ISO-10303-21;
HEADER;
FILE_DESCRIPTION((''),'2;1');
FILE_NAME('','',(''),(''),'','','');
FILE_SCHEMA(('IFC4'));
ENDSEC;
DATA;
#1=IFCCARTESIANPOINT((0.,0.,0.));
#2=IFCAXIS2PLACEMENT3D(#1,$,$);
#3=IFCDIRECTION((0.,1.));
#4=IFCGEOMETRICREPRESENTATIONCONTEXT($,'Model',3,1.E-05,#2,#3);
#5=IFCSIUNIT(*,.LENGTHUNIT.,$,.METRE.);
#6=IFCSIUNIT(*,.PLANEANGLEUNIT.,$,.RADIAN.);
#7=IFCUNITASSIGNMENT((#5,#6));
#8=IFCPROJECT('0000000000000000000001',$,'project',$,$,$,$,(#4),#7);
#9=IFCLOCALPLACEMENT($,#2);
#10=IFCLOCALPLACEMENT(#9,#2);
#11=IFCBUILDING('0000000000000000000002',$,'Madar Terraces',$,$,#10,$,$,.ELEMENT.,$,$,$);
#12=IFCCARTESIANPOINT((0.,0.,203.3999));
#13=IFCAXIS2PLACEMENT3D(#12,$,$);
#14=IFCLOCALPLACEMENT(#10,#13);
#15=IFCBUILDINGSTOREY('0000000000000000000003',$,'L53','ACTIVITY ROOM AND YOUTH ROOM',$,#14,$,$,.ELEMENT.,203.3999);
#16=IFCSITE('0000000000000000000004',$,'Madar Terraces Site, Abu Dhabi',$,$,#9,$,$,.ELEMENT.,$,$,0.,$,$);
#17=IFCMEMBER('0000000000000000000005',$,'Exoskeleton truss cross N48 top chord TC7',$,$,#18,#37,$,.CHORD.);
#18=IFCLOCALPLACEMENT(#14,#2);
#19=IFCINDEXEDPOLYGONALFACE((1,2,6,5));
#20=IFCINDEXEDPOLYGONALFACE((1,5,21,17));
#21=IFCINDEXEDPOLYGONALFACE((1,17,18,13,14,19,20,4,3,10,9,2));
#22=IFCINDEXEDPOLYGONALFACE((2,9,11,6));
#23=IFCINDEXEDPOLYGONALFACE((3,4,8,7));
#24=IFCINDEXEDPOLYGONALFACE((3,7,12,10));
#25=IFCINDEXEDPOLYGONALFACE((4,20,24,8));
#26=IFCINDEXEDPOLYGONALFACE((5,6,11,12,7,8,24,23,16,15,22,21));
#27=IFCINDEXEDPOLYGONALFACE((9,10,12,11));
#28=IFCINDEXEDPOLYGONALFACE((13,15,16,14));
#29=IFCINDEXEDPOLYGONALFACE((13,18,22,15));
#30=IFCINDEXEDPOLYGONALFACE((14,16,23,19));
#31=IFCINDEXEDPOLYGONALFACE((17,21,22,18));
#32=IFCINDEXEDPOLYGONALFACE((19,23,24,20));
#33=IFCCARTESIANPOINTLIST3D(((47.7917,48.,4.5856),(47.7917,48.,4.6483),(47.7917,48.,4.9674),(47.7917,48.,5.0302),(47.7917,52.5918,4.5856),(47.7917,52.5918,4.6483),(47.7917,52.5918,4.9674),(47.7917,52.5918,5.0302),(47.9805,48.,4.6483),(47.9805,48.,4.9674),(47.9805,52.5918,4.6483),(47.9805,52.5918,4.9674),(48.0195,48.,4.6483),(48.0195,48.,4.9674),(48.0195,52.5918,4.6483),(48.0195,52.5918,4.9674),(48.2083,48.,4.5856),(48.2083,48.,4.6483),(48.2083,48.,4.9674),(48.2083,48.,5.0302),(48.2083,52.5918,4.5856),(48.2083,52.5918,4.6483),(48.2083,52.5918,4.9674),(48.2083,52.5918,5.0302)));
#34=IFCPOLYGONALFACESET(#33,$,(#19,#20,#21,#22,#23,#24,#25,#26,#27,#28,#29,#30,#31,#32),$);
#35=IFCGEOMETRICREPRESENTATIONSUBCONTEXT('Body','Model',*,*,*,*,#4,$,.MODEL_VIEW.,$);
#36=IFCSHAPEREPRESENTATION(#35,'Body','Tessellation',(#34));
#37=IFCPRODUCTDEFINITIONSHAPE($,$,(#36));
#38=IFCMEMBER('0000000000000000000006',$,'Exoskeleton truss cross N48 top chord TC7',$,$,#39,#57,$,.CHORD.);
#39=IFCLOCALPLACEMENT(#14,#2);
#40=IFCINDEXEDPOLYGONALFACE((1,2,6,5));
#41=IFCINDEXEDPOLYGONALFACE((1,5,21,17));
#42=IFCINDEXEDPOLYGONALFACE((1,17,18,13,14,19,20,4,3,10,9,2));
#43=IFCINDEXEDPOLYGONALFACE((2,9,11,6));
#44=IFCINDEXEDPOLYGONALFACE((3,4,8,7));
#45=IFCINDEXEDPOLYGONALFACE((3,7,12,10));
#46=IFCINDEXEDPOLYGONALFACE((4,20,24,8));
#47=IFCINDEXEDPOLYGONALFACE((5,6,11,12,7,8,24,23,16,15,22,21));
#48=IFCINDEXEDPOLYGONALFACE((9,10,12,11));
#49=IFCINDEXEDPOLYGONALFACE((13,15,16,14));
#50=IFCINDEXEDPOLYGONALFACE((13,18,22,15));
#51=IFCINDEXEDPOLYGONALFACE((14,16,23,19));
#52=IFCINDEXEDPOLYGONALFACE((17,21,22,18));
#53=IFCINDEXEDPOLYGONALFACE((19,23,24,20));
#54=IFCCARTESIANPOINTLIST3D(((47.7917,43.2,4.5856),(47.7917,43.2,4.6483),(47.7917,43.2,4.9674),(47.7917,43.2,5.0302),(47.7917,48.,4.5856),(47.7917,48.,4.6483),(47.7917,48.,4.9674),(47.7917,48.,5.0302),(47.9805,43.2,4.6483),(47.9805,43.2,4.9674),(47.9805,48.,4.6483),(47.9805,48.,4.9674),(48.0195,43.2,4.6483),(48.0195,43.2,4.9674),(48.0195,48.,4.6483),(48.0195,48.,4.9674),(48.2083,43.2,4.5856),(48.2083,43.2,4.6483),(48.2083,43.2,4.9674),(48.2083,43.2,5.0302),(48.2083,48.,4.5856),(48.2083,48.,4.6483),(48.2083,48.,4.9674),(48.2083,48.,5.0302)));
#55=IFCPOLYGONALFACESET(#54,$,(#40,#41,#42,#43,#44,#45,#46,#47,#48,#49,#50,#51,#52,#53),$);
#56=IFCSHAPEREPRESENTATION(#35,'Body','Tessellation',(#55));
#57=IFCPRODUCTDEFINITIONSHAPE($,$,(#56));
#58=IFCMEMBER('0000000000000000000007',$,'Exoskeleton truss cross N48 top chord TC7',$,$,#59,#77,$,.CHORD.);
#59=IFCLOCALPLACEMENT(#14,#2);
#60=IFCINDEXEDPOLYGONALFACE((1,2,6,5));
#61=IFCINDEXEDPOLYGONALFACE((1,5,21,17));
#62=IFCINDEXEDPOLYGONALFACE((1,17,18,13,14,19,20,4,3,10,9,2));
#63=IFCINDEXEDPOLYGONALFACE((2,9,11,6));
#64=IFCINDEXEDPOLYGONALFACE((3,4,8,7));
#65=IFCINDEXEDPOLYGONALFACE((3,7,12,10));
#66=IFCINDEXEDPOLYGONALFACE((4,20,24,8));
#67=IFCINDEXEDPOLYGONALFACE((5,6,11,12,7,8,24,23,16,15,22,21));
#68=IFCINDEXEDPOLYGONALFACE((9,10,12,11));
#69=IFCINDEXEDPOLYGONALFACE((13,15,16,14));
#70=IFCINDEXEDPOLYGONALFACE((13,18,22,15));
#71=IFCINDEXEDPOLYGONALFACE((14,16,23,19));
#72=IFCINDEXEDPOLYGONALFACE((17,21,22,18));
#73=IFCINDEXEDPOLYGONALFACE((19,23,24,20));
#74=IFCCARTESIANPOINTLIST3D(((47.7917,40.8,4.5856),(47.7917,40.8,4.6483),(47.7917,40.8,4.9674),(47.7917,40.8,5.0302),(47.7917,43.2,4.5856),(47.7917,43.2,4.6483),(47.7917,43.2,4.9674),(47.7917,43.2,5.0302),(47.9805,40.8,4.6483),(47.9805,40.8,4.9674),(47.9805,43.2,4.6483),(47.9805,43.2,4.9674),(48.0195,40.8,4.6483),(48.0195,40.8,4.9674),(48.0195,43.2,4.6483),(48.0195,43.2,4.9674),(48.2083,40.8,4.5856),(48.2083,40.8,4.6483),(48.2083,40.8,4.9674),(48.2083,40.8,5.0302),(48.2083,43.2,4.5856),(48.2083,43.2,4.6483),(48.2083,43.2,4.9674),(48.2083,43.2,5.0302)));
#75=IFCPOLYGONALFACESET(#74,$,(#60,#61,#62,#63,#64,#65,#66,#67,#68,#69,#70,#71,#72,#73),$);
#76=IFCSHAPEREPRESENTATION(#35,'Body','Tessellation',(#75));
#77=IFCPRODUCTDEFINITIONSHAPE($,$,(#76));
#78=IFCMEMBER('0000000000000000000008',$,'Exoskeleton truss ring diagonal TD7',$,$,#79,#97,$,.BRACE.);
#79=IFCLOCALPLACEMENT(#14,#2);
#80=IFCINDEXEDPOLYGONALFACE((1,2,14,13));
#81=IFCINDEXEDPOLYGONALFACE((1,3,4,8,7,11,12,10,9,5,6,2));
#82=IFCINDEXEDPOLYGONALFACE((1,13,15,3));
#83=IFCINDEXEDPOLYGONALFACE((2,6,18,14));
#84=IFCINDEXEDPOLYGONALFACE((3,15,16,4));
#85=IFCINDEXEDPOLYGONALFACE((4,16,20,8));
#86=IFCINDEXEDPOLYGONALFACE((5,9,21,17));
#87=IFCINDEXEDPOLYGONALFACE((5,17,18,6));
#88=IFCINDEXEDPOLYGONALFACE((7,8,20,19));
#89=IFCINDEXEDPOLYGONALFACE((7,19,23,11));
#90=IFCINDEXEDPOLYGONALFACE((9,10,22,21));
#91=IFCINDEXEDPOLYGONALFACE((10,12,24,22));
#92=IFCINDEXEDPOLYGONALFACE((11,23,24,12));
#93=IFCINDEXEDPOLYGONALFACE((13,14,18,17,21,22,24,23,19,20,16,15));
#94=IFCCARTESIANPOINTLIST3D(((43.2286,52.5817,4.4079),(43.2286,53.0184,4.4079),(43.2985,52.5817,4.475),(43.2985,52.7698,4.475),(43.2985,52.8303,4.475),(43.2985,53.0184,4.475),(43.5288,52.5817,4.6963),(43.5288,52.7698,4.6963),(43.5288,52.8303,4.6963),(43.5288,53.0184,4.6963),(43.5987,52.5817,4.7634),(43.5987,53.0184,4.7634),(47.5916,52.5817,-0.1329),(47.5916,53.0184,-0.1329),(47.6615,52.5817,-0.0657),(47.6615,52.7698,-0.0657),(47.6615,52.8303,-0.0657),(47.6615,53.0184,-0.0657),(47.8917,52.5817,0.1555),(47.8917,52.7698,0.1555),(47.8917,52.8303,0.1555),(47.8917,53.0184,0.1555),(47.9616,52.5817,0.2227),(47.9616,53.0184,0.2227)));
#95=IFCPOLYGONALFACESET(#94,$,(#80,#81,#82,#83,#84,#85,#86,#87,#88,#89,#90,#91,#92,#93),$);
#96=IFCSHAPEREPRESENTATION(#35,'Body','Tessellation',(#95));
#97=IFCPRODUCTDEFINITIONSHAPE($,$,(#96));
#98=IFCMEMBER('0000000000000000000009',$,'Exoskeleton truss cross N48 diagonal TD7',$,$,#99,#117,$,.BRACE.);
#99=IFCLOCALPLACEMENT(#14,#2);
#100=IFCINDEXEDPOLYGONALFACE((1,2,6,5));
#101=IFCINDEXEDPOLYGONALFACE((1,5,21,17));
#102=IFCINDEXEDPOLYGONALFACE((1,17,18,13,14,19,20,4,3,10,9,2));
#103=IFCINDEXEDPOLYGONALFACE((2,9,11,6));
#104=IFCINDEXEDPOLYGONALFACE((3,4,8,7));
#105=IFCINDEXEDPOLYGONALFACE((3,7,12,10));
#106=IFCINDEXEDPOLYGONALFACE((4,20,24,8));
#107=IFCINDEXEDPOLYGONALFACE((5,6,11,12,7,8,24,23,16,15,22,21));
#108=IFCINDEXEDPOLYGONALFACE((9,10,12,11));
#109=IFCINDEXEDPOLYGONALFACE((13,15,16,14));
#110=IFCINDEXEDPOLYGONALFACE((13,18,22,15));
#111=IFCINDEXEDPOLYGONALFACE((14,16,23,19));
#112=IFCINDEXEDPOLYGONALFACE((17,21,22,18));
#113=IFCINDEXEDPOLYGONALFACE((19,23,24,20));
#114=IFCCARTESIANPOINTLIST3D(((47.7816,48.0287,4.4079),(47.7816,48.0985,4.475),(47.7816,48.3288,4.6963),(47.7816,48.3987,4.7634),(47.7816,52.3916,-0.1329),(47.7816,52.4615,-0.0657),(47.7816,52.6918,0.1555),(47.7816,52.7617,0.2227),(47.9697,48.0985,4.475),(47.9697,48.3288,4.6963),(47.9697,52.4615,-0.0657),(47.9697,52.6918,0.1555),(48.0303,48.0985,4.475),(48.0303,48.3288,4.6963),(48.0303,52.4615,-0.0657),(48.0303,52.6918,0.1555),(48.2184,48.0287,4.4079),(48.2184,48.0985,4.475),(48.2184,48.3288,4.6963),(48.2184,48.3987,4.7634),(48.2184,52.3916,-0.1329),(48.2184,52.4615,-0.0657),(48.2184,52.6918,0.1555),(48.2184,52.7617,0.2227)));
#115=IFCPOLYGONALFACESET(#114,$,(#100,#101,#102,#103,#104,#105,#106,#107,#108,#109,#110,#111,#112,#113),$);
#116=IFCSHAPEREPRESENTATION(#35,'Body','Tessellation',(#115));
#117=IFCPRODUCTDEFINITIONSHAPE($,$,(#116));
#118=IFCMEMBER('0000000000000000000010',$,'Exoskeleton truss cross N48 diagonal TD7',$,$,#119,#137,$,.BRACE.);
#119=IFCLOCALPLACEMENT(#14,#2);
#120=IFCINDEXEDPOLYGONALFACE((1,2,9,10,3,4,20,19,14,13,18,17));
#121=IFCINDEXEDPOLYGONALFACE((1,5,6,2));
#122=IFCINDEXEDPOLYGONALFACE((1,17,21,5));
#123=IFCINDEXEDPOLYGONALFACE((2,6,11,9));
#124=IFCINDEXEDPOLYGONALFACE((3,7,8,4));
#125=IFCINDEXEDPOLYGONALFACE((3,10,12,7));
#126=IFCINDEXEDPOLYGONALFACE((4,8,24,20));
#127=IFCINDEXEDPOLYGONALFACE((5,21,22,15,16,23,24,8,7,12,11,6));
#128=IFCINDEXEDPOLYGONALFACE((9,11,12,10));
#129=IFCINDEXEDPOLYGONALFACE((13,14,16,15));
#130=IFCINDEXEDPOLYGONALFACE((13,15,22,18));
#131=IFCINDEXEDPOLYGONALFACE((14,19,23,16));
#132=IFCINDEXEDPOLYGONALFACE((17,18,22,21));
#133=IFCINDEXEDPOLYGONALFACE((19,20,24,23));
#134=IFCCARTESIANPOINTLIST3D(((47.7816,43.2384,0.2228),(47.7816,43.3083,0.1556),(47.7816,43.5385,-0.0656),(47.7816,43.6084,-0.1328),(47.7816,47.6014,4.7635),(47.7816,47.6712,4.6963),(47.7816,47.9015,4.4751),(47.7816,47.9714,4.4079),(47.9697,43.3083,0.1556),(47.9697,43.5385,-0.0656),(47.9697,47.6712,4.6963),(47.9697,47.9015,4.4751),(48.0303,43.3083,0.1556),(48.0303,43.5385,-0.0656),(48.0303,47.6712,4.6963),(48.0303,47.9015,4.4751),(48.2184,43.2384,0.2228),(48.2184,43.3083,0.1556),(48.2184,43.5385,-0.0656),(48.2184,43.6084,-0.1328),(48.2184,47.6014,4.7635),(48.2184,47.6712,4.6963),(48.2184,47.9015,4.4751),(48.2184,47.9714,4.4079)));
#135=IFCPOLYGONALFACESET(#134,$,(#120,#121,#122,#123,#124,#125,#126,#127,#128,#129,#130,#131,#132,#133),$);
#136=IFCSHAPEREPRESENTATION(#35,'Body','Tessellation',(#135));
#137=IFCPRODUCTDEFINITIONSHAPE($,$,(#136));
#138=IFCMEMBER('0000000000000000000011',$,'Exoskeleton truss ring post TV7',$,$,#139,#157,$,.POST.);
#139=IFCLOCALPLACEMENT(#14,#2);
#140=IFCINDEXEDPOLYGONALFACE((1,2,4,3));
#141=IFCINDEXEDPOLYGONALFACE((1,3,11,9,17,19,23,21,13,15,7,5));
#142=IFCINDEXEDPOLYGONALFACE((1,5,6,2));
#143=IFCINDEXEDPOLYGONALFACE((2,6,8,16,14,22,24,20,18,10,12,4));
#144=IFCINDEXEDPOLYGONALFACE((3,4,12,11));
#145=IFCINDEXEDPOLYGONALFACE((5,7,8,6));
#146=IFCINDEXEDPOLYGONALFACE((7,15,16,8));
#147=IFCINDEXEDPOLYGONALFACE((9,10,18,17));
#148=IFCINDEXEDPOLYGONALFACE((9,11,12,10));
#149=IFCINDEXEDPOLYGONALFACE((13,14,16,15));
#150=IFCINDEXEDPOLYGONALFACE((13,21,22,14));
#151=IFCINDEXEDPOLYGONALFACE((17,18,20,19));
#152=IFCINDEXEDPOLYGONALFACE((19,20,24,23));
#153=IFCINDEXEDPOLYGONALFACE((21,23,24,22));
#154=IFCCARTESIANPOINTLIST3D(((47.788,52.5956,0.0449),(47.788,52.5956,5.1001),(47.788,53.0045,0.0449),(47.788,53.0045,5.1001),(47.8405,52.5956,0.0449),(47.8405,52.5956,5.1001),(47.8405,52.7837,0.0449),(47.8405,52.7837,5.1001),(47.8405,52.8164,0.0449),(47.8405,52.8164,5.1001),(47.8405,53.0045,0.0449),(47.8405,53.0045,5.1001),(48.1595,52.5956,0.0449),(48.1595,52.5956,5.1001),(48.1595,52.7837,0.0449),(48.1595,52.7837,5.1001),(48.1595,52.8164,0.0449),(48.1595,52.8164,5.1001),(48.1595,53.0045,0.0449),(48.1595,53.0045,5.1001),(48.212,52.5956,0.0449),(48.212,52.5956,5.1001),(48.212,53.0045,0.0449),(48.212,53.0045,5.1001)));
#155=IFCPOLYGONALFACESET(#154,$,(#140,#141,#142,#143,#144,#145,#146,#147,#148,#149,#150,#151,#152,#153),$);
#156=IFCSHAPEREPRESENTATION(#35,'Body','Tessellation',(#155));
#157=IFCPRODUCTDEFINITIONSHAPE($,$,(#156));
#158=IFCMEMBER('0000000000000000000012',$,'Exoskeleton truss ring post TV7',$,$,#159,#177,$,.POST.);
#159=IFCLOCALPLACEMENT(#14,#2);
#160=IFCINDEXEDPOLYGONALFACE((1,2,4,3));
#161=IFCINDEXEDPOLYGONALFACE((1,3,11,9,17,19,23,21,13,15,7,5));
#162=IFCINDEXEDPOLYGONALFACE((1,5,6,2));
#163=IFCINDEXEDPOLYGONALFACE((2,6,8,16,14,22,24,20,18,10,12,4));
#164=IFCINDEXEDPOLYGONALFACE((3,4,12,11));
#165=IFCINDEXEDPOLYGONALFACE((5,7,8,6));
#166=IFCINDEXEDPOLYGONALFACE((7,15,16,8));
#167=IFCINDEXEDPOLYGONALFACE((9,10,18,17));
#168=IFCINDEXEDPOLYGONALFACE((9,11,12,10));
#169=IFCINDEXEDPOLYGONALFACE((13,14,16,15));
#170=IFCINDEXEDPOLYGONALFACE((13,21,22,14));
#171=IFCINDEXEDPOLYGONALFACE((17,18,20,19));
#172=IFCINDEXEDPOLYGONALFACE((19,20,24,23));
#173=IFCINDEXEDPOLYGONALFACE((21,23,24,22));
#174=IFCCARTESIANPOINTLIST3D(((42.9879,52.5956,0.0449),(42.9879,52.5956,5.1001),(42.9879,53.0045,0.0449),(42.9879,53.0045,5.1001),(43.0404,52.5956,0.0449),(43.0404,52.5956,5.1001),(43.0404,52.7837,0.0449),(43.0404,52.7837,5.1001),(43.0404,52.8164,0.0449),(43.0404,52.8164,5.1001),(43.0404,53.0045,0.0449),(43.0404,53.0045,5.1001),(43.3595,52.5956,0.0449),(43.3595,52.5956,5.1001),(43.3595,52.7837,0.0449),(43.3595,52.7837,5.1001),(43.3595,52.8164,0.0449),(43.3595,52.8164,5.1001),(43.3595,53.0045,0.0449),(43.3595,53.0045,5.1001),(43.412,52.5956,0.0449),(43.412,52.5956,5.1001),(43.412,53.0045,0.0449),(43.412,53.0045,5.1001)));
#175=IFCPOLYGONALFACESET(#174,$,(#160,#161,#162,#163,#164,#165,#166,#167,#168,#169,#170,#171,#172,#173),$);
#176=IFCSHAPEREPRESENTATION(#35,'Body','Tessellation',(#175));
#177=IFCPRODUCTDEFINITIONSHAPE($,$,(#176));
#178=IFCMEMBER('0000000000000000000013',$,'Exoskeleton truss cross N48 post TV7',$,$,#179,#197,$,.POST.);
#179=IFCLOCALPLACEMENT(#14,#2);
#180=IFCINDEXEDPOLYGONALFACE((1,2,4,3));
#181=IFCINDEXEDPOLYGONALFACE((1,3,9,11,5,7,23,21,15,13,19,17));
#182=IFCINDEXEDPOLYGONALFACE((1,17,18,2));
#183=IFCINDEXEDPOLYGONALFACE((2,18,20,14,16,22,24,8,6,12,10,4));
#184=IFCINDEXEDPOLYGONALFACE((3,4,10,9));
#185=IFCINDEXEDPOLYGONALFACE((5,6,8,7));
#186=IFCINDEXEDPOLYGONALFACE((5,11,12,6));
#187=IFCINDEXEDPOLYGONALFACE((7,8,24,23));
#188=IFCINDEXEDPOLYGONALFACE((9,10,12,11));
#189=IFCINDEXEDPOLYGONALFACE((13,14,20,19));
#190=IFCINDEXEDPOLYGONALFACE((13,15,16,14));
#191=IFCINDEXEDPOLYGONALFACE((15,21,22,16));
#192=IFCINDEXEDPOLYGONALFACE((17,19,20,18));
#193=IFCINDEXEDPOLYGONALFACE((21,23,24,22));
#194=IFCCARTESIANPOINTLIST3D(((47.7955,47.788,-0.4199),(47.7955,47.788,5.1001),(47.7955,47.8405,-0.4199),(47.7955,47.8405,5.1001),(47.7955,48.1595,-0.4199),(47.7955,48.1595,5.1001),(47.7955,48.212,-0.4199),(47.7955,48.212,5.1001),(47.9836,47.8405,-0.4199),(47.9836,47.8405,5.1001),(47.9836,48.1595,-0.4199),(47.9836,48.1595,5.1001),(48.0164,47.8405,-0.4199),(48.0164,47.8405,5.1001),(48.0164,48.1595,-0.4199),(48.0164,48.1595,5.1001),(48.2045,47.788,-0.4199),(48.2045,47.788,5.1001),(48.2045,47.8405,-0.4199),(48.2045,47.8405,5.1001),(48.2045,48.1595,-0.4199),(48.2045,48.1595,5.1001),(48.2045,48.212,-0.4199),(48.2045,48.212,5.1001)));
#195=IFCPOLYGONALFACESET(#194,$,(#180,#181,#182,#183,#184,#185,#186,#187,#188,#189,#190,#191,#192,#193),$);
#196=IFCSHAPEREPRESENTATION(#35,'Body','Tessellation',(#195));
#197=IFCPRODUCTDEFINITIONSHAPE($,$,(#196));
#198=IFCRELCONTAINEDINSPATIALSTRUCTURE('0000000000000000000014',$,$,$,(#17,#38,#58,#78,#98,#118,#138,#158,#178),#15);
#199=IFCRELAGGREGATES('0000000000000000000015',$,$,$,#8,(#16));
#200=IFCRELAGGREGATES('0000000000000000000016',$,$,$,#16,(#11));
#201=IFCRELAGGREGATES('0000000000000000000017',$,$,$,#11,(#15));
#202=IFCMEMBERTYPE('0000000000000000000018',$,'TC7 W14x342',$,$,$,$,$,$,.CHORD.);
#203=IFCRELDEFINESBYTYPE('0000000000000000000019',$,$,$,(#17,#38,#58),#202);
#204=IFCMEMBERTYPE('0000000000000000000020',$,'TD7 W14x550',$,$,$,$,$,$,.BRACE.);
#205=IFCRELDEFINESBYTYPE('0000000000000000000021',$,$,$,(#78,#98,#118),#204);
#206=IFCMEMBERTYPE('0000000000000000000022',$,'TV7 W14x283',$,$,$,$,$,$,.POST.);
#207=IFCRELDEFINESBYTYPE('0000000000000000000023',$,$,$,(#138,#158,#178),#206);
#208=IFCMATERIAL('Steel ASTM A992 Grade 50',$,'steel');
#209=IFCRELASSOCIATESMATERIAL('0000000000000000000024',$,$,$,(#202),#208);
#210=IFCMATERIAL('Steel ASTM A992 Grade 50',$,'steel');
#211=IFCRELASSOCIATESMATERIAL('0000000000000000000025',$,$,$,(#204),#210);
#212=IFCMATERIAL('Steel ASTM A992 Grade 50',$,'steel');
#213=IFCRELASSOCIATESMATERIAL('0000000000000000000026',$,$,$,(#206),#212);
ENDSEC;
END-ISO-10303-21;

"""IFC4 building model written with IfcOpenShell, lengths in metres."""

from ifc_helpers import new_model, si_unit, direction, frame, origin, origin_2d, place, context, subcontext, project, spatial, i_section, extrude, material, material_profile, profile_set, type_object, element, save


model = new_model("IFC4")

# Units and contexts
model_context = context("Model", 3, precision=1e-05, world=origin(), true_north=direction((0.0, 1.0)))
body_context = subcontext(model_context, "Body", "Model", "MODEL_VIEW")
ifc_project = project(units=[si_unit("LENGTHUNIT", "METRE"), si_unit("PLANEANGLEUNIT", "RADIAN")], contexts=[model_context])

# Site, building, storey
site_placement = place(None, origin())
site = spatial("IfcSite", under=ifc_project, at=site_placement, Name="Madar Terraces Site, Abu Dhabi", CompositionType="ELEMENT", RefElevation=0.0)
building_placement = place(site_placement, origin())
building = spatial("IfcBuilding", under=site, at=building_placement, Name="Madar Terraces", CompositionType="ELEMENT")
storey_placement = place(building_placement, frame((0.0, 0.0, 203.3999)))
storey = spatial("IfcBuildingStorey", under=building, at=storey_placement, Name="L53", Description="ACTIVITY ROOM AND YOUTH ROOM", CompositionType="ELEMENT", Elevation=203.3999)

# Members
ifc_material_1 = material(Name="Steel ASTM A992 Grade 50", Category="steel")
ifc_material_profile_1 = material_profile(ifc_material_1, i_section(OverallWidth=0.4165, OverallDepth=0.4446, WebThickness=0.0391, FlangeThickness=0.0627, at=origin_2d()), Name="W14x342")
ifc_profile_set_1 = profile_set([ifc_material_profile_1], Name="Steel ASTM A992 Grade 50")
member_type_1 = type_object("IfcMemberType", Name="TC7 W14x342", PredefinedType="CHORD", material=ifc_profile_set_1)
member_1_placement = place(storey_placement, frame((48.0, 52.5918, 4.8079), z_axis=(0.0, -1.0, 0.0), x_axis=(1.0, 0.0, 0.0)))
element("IfcMember", 1, at=member_1_placement, inside=storey, type_object=member_type_1, Name="Exoskeleton truss cross N48 top chord TC7", PredefinedType="CHORD", context=body_context, shape_type="SweptSolid", body=[
    extrude(i_section(OverallWidth=0.4165, OverallDepth=0.4446, WebThickness=0.0391, FlangeThickness=0.0627, at=origin_2d()), origin(), (0.0, 0.0, 1.0), 4.5918),
])
member_2_placement = place(storey_placement, frame((48.0, 48.0, 4.8079), z_axis=(0.0, -1.0, 0.0), x_axis=(1.0, 0.0, 0.0)))
element("IfcMember", 2, at=member_2_placement, inside=storey, type_object=member_type_1, Name="Exoskeleton truss cross N48 top chord TC7", PredefinedType="CHORD", context=body_context, shape_type="SweptSolid", body=[
    extrude(i_section(OverallWidth=0.4165, OverallDepth=0.4446, WebThickness=0.0391, FlangeThickness=0.0627, at=origin_2d()), origin(), (0.0, 0.0, 1.0), 4.8),
])
member_3_placement = place(storey_placement, frame((48.0, 43.2, 4.8079), z_axis=(0.0, -1.0, 0.0), x_axis=(1.0, 0.0, 0.0)))
element("IfcMember", 3, at=member_3_placement, inside=storey, type_object=member_type_1, Name="Exoskeleton truss cross N48 top chord TC7", PredefinedType="CHORD", context=body_context, shape_type="SweptSolid", body=[
    extrude(i_section(OverallWidth=0.4165, OverallDepth=0.4446, WebThickness=0.0391, FlangeThickness=0.0627, at=origin_2d()), origin(), (0.0, 0.0, 1.0), 2.3999),
])
ifc_material_2 = material(Name="Steel ASTM A992 Grade 50", Category="steel")
ifc_material_profile_2 = material_profile(ifc_material_2, i_section(OverallWidth=0.4368, OverallDepth=0.5132, WebThickness=0.0605, FlangeThickness=0.0969, at=origin_2d()), Name="W14x550")
ifc_profile_set_2 = profile_set([ifc_material_profile_2], Name="Steel ASTM A992 Grade 50")
member_type_2 = type_object("IfcMemberType", Name="TD7 W14x550", PredefinedType="BRACE", material=ifc_profile_set_2)
for number, where, z_axis, x_axis, name in (
    (4, (47.7766, 52.8, 0.0449), (-0.692854, 0.0, 0.721078), (0.0, -1.0, 0.0), "Exoskeleton truss ring diagonal TD7"),
    (5, (48.0, 52.5767, 0.0449), (0.0, -0.692854, 0.721078), (1.0, 0.0, 0.0), "Exoskeleton truss cross N48 diagonal TD7"),
    (6, (48.0, 47.7864, 4.5857), (0.0, -0.692854, -0.721078), (1.0, 0.0, 0.0), "Exoskeleton truss cross N48 diagonal TD7"),
):
    element("IfcMember", number, at=place(storey_placement, frame(where, z_axis=z_axis, x_axis=x_axis)), inside=storey, type_object=member_type_2, Name=name, PredefinedType="BRACE", context=body_context, shape_type="SweptSolid", body=[
        extrude(i_section(OverallWidth=0.4368, OverallDepth=0.5132, WebThickness=0.0605, FlangeThickness=0.0969, at=origin_2d()), origin(), (0.0, 0.0, 1.0), 6.2971),
    ])
ifc_material_3 = material(Name="Steel ASTM A992 Grade 50", Category="steel")
ifc_material_profile_3 = material_profile(ifc_material_3, i_section(OverallWidth=0.4089, OverallDepth=0.4241, WebThickness=0.0327, FlangeThickness=0.0525, at=origin_2d()), Name="W14x283")
ifc_profile_set_3 = profile_set([ifc_material_profile_3], Name="Steel ASTM A992 Grade 50")
member_type_3 = type_object("IfcMemberType", Name="TV7 W14x283", PredefinedType="POST", material=ifc_profile_set_3)
for number, where, z_axis, x_axis, name in (
    (7, (48.0, 52.8, 0.0449), (0.0, 0.0, 1.0), (0.0, -1.0, 0.0), "Exoskeleton truss ring post TV7"),
    (8, (43.2, 52.8, 0.0449), (0.0, 0.0, 1.0), (0.0, -1.0, 0.0), "Exoskeleton truss ring post TV7"),
):
    element("IfcMember", number, at=place(storey_placement, frame(where, z_axis=z_axis, x_axis=x_axis)), inside=storey, type_object=member_type_3, Name=name, PredefinedType="POST", context=body_context, shape_type="SweptSolid", body=[
        extrude(i_section(OverallWidth=0.4089, OverallDepth=0.4241, WebThickness=0.0327, FlangeThickness=0.0525, at=origin_2d()), origin(), (0.0, 0.0, 1.0), 5.0552),
    ])
member_4_placement = place(storey_placement, frame((48.0, 48.0, -0.4199), z_axis=(0.0, 0.0, 1.0), x_axis=(-1.0, 0.0, 0.0)))
element("IfcMember", 9, at=member_4_placement, inside=storey, type_object=member_type_3, Name="Exoskeleton truss cross N48 post TV7", PredefinedType="POST", context=body_context, shape_type="SweptSolid", body=[
    extrude(i_section(OverallWidth=0.4089, OverallDepth=0.4241, WebThickness=0.0327, FlangeThickness=0.0525, at=origin_2d()), origin(), (0.0, 0.0, 1.0), 5.52),
])

save(model, "model.ifc")
